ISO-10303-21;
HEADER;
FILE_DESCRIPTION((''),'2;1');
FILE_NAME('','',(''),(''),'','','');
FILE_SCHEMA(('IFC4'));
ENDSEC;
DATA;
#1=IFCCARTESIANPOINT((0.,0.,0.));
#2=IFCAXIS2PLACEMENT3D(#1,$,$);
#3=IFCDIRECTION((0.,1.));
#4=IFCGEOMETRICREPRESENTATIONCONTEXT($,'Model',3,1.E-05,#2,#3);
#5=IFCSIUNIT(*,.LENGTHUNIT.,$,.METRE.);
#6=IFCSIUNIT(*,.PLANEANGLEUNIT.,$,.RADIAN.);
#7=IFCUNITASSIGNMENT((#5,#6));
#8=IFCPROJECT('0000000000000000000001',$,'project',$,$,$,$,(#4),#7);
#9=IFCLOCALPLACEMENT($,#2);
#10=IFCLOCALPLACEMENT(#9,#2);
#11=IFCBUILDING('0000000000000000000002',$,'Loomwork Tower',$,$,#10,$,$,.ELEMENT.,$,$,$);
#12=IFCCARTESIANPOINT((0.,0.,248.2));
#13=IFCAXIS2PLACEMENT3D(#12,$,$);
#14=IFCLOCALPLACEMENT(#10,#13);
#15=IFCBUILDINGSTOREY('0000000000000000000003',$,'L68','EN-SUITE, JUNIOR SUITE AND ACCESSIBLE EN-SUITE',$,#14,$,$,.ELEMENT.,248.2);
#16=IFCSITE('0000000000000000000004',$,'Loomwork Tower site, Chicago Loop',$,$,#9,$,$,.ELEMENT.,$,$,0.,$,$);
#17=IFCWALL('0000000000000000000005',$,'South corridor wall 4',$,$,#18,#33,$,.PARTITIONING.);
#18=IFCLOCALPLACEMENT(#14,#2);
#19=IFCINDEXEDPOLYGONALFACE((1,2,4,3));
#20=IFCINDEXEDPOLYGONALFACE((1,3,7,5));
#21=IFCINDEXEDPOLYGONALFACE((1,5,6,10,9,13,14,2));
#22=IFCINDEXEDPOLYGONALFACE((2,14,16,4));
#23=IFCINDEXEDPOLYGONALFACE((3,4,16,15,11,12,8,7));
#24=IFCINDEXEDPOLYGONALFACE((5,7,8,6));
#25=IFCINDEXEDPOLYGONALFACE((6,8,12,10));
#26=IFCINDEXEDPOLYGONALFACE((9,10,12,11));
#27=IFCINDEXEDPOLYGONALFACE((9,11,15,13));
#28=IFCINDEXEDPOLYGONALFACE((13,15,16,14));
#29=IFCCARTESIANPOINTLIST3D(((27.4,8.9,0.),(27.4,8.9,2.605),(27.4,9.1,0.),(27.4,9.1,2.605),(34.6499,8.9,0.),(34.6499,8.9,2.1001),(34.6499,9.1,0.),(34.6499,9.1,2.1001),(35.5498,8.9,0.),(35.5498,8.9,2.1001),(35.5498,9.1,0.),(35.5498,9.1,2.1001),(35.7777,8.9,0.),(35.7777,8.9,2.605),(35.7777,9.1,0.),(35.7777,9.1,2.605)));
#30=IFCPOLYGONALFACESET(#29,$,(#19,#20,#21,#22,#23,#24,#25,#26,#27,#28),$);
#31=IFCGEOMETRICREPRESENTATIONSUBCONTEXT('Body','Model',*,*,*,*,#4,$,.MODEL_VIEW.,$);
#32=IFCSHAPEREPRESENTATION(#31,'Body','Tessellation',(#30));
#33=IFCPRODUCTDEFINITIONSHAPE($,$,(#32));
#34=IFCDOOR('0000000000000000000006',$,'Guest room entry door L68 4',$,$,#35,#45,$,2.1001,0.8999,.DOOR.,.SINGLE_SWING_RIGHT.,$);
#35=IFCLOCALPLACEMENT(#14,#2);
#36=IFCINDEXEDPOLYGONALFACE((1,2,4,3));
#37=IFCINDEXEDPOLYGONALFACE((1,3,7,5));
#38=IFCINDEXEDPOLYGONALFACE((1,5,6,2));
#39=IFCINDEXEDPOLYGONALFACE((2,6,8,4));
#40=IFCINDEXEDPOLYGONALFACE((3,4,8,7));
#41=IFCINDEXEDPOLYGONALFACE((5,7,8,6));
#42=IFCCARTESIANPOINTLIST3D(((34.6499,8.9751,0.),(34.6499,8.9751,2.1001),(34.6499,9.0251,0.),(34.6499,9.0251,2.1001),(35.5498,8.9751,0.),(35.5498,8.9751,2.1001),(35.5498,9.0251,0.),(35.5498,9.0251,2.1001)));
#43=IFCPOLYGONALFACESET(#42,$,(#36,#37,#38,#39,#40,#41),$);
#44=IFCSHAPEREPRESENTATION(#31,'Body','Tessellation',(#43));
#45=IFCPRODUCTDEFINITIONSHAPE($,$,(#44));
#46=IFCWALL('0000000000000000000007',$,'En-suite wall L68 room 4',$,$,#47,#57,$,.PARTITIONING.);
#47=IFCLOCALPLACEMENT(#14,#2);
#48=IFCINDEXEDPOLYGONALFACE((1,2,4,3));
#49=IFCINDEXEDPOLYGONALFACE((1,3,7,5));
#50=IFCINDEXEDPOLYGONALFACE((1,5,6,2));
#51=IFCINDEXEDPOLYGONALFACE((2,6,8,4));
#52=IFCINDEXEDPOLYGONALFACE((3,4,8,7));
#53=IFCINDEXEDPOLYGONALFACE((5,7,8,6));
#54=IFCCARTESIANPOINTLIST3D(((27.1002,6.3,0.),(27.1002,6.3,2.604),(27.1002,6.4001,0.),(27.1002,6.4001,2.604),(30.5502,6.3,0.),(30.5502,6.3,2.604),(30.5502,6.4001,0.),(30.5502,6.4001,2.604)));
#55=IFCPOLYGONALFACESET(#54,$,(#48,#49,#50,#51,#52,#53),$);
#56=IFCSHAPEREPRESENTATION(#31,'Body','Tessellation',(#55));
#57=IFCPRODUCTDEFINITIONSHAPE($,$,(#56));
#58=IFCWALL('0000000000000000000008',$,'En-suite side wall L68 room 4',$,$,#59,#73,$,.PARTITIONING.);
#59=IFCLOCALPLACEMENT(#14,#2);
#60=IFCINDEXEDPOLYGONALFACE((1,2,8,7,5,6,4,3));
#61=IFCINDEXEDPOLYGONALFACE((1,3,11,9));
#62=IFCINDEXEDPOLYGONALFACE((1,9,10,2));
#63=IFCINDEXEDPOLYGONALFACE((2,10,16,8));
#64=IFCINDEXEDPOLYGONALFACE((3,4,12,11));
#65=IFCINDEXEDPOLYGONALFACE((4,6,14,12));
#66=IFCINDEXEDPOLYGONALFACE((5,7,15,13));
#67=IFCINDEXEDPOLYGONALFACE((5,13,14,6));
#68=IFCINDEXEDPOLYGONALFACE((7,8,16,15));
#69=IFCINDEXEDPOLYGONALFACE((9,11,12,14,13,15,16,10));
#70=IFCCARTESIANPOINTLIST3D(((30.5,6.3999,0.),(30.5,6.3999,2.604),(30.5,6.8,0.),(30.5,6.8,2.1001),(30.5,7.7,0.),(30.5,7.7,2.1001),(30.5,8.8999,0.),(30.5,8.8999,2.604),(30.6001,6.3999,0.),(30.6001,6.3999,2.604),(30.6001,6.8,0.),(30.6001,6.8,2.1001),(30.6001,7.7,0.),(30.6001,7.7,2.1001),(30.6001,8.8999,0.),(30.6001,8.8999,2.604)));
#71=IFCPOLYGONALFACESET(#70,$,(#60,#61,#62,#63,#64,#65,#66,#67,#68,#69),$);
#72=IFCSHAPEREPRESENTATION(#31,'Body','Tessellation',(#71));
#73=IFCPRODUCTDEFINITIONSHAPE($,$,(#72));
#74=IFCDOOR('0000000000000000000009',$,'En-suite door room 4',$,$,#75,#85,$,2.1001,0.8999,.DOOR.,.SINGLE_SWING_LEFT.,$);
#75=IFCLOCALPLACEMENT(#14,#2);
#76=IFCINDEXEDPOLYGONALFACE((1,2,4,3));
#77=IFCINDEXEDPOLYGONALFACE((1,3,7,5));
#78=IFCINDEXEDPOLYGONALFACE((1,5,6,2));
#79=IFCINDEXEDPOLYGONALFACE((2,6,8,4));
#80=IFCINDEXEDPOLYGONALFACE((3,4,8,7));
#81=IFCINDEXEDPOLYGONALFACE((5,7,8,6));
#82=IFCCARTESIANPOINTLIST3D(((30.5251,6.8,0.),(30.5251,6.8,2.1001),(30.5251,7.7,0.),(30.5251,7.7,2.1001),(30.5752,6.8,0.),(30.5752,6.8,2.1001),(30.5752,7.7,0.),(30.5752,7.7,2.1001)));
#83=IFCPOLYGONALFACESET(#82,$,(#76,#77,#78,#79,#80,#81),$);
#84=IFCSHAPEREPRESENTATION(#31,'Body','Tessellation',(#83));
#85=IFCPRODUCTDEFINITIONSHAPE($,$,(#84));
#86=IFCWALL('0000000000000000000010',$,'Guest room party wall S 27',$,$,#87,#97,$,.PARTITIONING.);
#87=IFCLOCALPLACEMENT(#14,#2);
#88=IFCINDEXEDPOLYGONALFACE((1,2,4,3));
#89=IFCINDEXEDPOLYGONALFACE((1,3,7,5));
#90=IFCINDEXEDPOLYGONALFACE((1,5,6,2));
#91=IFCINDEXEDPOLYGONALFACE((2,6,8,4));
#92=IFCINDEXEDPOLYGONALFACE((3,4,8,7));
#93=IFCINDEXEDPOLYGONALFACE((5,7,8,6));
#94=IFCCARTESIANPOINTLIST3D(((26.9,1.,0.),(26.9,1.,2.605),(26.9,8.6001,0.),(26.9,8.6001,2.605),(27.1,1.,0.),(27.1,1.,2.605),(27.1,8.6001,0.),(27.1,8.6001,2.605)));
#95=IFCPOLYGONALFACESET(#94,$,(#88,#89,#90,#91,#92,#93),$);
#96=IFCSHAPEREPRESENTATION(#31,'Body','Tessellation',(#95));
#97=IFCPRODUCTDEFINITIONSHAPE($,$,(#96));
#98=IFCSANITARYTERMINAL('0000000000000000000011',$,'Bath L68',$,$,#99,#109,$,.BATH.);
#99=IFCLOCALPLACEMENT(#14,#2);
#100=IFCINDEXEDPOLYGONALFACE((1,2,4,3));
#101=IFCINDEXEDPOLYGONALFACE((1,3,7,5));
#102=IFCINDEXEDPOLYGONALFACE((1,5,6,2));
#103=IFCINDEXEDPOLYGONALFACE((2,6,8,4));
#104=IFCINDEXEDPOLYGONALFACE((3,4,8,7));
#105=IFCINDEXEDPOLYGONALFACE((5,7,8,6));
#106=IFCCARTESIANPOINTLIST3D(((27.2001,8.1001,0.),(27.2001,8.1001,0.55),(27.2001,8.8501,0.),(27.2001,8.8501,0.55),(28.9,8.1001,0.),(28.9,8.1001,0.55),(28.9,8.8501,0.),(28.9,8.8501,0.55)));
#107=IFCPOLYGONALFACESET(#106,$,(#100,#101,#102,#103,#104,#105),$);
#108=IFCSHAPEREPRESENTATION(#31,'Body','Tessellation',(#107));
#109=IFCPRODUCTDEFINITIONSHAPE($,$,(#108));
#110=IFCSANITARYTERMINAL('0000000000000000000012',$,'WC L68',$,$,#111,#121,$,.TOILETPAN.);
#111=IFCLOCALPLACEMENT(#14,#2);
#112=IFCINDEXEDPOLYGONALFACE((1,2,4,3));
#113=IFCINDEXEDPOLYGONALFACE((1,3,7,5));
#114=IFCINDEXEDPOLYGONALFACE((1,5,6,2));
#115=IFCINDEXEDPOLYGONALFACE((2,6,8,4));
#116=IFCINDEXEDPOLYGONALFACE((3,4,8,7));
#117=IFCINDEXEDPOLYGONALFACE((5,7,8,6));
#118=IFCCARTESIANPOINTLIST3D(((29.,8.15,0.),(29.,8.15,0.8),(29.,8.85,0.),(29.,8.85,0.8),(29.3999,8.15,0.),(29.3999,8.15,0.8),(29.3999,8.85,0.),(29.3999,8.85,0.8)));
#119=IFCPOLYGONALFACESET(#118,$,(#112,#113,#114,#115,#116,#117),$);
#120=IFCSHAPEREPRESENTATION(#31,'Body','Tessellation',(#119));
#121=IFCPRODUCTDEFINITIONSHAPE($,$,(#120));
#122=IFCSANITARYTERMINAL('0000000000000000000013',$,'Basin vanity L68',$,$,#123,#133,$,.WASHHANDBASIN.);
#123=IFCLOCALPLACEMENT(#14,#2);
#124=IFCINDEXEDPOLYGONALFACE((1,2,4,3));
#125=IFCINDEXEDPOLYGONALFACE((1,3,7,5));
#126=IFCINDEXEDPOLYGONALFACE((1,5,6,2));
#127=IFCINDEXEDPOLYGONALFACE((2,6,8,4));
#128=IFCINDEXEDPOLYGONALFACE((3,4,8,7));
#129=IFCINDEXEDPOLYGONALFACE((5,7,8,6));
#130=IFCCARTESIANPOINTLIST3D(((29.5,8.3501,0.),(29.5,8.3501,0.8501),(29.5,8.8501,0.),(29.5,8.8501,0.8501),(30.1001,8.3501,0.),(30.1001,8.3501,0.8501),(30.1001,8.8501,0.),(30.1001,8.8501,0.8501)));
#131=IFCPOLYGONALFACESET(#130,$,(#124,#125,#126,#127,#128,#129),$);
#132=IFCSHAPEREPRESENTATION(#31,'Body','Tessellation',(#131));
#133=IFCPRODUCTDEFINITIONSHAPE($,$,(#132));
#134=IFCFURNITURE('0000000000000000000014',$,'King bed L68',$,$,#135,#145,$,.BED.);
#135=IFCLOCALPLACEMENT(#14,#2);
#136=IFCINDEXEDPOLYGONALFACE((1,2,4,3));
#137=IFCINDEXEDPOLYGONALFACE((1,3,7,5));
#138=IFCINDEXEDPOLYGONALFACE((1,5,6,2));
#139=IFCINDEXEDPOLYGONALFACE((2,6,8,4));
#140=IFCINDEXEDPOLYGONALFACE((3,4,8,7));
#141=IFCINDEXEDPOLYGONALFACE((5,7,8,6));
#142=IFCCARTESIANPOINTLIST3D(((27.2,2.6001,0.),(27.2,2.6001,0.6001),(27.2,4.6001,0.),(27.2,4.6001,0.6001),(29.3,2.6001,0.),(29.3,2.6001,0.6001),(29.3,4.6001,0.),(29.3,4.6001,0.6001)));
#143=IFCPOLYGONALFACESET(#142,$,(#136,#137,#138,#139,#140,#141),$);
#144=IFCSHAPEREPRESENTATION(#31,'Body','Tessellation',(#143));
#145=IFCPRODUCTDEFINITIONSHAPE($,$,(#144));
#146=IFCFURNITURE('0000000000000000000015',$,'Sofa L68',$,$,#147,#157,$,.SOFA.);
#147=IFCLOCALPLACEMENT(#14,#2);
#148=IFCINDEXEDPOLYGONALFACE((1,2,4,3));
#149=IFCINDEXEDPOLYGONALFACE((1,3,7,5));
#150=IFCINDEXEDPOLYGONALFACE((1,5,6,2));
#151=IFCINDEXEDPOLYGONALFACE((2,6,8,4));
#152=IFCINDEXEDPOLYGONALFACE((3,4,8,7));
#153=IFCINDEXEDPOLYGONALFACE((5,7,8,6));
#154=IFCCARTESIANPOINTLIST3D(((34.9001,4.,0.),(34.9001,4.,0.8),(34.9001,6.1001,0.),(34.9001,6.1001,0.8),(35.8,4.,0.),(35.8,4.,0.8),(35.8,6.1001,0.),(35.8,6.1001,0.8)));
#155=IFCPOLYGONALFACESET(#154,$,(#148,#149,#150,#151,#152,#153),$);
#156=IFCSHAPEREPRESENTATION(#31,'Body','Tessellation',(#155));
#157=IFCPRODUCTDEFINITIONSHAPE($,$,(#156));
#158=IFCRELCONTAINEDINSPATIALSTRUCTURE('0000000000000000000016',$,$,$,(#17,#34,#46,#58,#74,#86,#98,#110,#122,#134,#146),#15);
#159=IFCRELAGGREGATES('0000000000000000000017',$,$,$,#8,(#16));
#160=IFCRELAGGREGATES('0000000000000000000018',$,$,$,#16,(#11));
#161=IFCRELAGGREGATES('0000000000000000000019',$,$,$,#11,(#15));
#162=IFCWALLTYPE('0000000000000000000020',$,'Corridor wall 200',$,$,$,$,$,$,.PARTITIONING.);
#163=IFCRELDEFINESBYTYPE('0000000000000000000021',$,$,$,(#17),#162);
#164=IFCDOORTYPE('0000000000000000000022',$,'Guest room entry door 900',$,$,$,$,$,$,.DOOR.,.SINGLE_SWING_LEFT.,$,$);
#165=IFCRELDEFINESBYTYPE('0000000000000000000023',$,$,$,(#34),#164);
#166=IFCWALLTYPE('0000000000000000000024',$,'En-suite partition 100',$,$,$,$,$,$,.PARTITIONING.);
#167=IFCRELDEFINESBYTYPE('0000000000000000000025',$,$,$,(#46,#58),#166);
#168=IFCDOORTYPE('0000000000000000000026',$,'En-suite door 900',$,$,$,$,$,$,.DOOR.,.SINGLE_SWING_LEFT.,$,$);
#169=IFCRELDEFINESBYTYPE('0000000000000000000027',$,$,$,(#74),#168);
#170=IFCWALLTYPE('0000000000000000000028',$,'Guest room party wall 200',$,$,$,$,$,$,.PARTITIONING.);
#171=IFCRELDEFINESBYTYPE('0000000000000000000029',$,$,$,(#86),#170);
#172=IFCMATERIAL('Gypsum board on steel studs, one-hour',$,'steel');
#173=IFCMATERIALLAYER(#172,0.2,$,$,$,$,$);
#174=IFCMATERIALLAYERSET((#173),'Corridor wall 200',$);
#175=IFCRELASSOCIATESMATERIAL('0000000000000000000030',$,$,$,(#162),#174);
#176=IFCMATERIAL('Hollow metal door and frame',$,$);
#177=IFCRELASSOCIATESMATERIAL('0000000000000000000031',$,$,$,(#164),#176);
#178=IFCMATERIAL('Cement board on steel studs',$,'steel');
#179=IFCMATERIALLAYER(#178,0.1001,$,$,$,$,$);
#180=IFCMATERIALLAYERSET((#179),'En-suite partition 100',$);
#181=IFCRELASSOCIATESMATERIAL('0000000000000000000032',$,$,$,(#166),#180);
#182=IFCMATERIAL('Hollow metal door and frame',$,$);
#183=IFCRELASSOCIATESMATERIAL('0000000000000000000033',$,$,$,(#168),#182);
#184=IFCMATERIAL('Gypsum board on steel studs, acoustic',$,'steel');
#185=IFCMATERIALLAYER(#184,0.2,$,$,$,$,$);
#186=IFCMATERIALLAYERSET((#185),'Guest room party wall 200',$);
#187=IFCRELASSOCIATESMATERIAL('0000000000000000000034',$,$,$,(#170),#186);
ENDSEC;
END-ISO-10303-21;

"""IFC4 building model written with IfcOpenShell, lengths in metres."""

from ifc_helpers import new_model, si_unit, direction, frame, frame_2d, origin, origin_2d, place, context, subcontext, project, spatial, rectangle, extrude, material, layer, layer_set, type_object, element, fill, save


model = new_model("IFC4")

# Units and contexts
model_context = context("Model", 3, precision=1e-05, world=origin(), true_north=direction((0.0, 1.0)))
body_context = subcontext(model_context, "Body", "Model", "MODEL_VIEW")
ifc_project = project(units=[si_unit("LENGTHUNIT", "METRE"), si_unit("PLANEANGLEUNIT", "RADIAN")], contexts=[model_context])

# Site, building, storey
site_placement = place(None, origin())
site = spatial("IfcSite", under=ifc_project, at=site_placement, Name="Loomwork Tower site, Chicago Loop", CompositionType="ELEMENT", RefElevation=0.0)
building_placement = place(site_placement, origin())
building = spatial("IfcBuilding", under=site, at=building_placement, Name="Loomwork Tower", CompositionType="ELEMENT")
storey_placement = place(building_placement, frame((0.0, 0.0, 248.2)))
storey = spatial("IfcBuildingStorey", under=building, at=storey_placement, Name="L68", Description="EN-SUITE, JUNIOR SUITE AND ACCESSIBLE EN-SUITE", CompositionType="ELEMENT", Elevation=248.2)

# Wall, opening, door
ifc_material_1 = material(Name="Gypsum board on steel studs, one-hour", Category="steel")
ifc_layer_1 = layer(ifc_material_1, 0.2)
ifc_layer_set_1 = layer_set([ifc_layer_1], Name="Corridor wall 200")
wall_type_1 = type_object("IfcWallType", Name="Corridor wall 200", PredefinedType="PARTITIONING", material=ifc_layer_set_1)
wall_1_placement = place(storey_placement, frame((27.3999, 9.0, 0.0), z_axis=(0.0, 0.0, 1.0), x_axis=(1.0, 0.0, 0.0)))
wall_1 = element("IfcWall", 1, at=wall_1_placement, inside=storey, type_object=wall_type_1, Name="South corridor wall 4", PredefinedType="PARTITIONING", context=body_context, shape_type="SweptSolid", body=[
    extrude(rectangle(XDim=8.3777, YDim=0.2, at=frame_2d((4.189, 0.0))), origin(), (0.0, 0.0, 1.0), 2.605),
])
opening_1_placement = place(wall_1_placement, frame((7.25, 0.0, 0.0)))
opening_1 = element("IfcOpeningElement", 2, at=opening_1_placement, cuts=wall_1, PredefinedType="OPENING", context=body_context, shape_type="SweptSolid", body=[
    extrude(rectangle(XDim=0.8999, YDim=2.1001, at=frame_2d((0.45, 1.05))), frame((0.0, 0.1099, 0.0), z_axis=(0.0, -1.0, 0.0), x_axis=(1.0, 0.0, 0.0)), (0.0, 0.0, 1.0), 0.22),
])
ifc_material_2 = material(Name="Hollow metal door and frame")
door_type_1 = type_object("IfcDoorType", Name="Guest room entry door 900", OperationType="SINGLE_SWING_LEFT", PredefinedType="DOOR", material=ifc_material_2)
door_1_placement = place(opening_1_placement, frame((0.8999, 0.0, 0.0), z_axis=(0.0, 0.0, 1.0), x_axis=(-1.0, 0.0, 0.0)))
door_1 = element("IfcDoor", 3, at=door_1_placement, inside=storey, type_object=door_type_1, Name="Guest room entry door L68 4", OperationType="SINGLE_SWING_RIGHT", OverallHeight=2.1001, OverallWidth=0.8999, PredefinedType="DOOR", context=body_context, shape_type="SweptSolid", body=[
    extrude(rectangle(XDim=0.8999, YDim=2.1001, at=frame_2d((0.45, 1.05))), frame((0.0, 0.0249, 0.0), z_axis=(0.0, -1.0, 0.0), x_axis=(1.0, 0.0, 0.0)), (0.0, 0.0, 1.0), 0.05),
])
fill(opening_1, door_1)

# Wall
ifc_material_3 = material(Name="Cement board on steel studs", Category="steel")
ifc_layer_2 = layer(ifc_material_3, 0.1001)
ifc_layer_set_2 = layer_set([ifc_layer_2], Name="En-suite partition 100")
wall_type_2 = type_object("IfcWallType", Name="En-suite partition 100", PredefinedType="PARTITIONING", material=ifc_layer_set_2)
wall_2_placement = place(storey_placement, frame((27.1001, 6.3501, 0.0), z_axis=(0.0, 0.0, 1.0), x_axis=(1.0, 0.0, 0.0)))
element("IfcWall", 4, at=wall_2_placement, inside=storey, type_object=wall_type_2, Name="En-suite wall L68 room 4", PredefinedType="PARTITIONING", context=body_context, shape_type="SweptSolid", body=[
    extrude(rectangle(XDim=3.45, YDim=0.1001, at=frame_2d((1.7251, 0.0))), origin(), (0.0, 0.0, 1.0), 2.604),
])

# Wall, opening, door
wall_3_placement = place(storey_placement, frame((30.55, 8.8999, 0.0), z_axis=(0.0, 0.0, 1.0), x_axis=(0.0, -1.0, 0.0)))
wall_3 = element("IfcWall", 5, at=wall_3_placement, inside=storey, type_object=wall_type_2, Name="En-suite side wall L68 room 4", PredefinedType="PARTITIONING", context=body_context, shape_type="SweptSolid", body=[
    extrude(rectangle(XDim=2.5, YDim=0.1001, at=frame_2d((1.25, 0.0))), origin(), (0.0, 0.0, 1.0), 2.604),
])
opening_2_placement = place(wall_3_placement, frame((1.2, 0.0, 0.0)))
opening_2 = element("IfcOpeningElement", 6, at=opening_2_placement, cuts=wall_3, PredefinedType="OPENING", context=body_context, shape_type="SweptSolid", body=[
    extrude(rectangle(XDim=0.8999, YDim=2.1001, at=frame_2d((0.45, 1.05))), frame((0.0, 0.0601, 0.0), z_axis=(0.0, -1.0, 0.0), x_axis=(1.0, 0.0, 0.0)), (0.0, 0.0, 1.0), 0.1201),
])
ifc_material_4 = material(Name="Hollow metal door and frame")
door_type_2 = type_object("IfcDoorType", Name="En-suite door 900", OperationType="SINGLE_SWING_LEFT", PredefinedType="DOOR", material=ifc_material_4)
door_2_placement = place(opening_2_placement, frame((0.8999, 0.0, 0.0), z_axis=(0.0, 0.0, 1.0), x_axis=(-1.0, 0.0, 0.0)))
door_2 = element("IfcDoor", 7, at=door_2_placement, inside=storey, type_object=door_type_2, Name="En-suite door room 4", OperationType="SINGLE_SWING_LEFT", OverallHeight=2.1001, OverallWidth=0.8999, PredefinedType="DOOR", context=body_context, shape_type="SweptSolid", body=[
    extrude(rectangle(XDim=0.8999, YDim=2.1001, at=frame_2d((0.45, 1.05))), frame((0.0, 0.0249, 0.0), z_axis=(0.0, -1.0, 0.0), x_axis=(1.0, 0.0, 0.0)), (0.0, 0.0, 1.0), 0.05),
])
fill(opening_2, door_2)

# Wall
ifc_material_5 = material(Name="Gypsum board on steel studs, acoustic", Category="steel")
ifc_layer_3 = layer(ifc_material_5, 0.2)
ifc_layer_set_3 = layer_set([ifc_layer_3], Name="Guest room party wall 200")
wall_type_3 = type_object("IfcWallType", Name="Guest room party wall 200", PredefinedType="PARTITIONING", material=ifc_layer_set_3)
wall_4_placement = place(storey_placement, frame((27.0, 8.6001, 0.0), z_axis=(0.0, 0.0, 1.0), x_axis=(0.0, -1.0, 0.0)))
element("IfcWall", 8, at=wall_4_placement, inside=storey, type_object=wall_type_3, Name="Guest room party wall S 27", PredefinedType="PARTITIONING", context=body_context, shape_type="SweptSolid", body=[
    extrude(rectangle(XDim=7.6001, YDim=0.2, at=frame_2d((3.8, 0.0))), origin(), (0.0, 0.0, 1.0), 2.605),
])

# Sanitary terminals
sanitary_terminal_1_placement = place(storey_placement, frame((28.05, 8.4751, 0.0), z_axis=(0.0, 0.0, 1.0), x_axis=(1.0, 0.0, 0.0)))
element("IfcSanitaryTerminal", 9, at=sanitary_terminal_1_placement, inside=storey, Name="Bath L68", PredefinedType="BATH", context=body_context, shape_type="SweptSolid", body=[
    extrude(rectangle(XDim=1.7, YDim=0.75, at=origin_2d()), origin(), (0.0, 0.0, 1.0), 0.55),
])
sanitary_terminal_2_placement = place(storey_placement, frame((29.2, 8.5, 0.0), z_axis=(0.0, 0.0, 1.0), x_axis=(1.0, 0.0, 0.0)))
element("IfcSanitaryTerminal", 10, at=sanitary_terminal_2_placement, inside=storey, Name="WC L68", PredefinedType="TOILETPAN", context=body_context, shape_type="SweptSolid", body=[
    extrude(rectangle(XDim=0.3999, YDim=0.7, at=origin_2d()), origin(), (0.0, 0.0, 1.0), 0.8),
])
sanitary_terminal_3_placement = place(storey_placement, frame((29.8, 8.6001, 0.0), z_axis=(0.0, 0.0, 1.0), x_axis=(1.0, 0.0, 0.0)))
element("IfcSanitaryTerminal", 11, at=sanitary_terminal_3_placement, inside=storey, Name="Basin vanity L68", PredefinedType="WASHHANDBASIN", context=body_context, shape_type="SweptSolid", body=[
    extrude(rectangle(XDim=0.6001, YDim=0.5, at=origin_2d()), origin(), (0.0, 0.0, 1.0), 0.8501),
])

# Furniture
furniture_1_placement = place(storey_placement, frame((28.25, 3.6001, 0.0), z_axis=(0.0, 0.0, 1.0), x_axis=(1.0, 0.0, 0.0)))
element("IfcFurniture", 12, at=furniture_1_placement, inside=storey, Name="King bed L68", PredefinedType="BED", context=body_context, shape_type="SweptSolid", body=[
    extrude(rectangle(XDim=2.1001, YDim=2.0, at=origin_2d()), origin(), (0.0, 0.0, 1.0), 0.6001),
])
furniture_2_placement = place(storey_placement, frame((35.3501, 5.05, 0.0), z_axis=(0.0, 0.0, 1.0), x_axis=(1.0, 0.0, 0.0)))
element("IfcFurniture", 13, at=furniture_2_placement, inside=storey, Name="Sofa L68", PredefinedType="SOFA", context=body_context, shape_type="SweptSolid", body=[
    extrude(rectangle(XDim=0.8999, YDim=2.1001, at=origin_2d()), origin(), (0.0, 0.0, 1.0), 0.8),
])

save(model, "model.ifc")
